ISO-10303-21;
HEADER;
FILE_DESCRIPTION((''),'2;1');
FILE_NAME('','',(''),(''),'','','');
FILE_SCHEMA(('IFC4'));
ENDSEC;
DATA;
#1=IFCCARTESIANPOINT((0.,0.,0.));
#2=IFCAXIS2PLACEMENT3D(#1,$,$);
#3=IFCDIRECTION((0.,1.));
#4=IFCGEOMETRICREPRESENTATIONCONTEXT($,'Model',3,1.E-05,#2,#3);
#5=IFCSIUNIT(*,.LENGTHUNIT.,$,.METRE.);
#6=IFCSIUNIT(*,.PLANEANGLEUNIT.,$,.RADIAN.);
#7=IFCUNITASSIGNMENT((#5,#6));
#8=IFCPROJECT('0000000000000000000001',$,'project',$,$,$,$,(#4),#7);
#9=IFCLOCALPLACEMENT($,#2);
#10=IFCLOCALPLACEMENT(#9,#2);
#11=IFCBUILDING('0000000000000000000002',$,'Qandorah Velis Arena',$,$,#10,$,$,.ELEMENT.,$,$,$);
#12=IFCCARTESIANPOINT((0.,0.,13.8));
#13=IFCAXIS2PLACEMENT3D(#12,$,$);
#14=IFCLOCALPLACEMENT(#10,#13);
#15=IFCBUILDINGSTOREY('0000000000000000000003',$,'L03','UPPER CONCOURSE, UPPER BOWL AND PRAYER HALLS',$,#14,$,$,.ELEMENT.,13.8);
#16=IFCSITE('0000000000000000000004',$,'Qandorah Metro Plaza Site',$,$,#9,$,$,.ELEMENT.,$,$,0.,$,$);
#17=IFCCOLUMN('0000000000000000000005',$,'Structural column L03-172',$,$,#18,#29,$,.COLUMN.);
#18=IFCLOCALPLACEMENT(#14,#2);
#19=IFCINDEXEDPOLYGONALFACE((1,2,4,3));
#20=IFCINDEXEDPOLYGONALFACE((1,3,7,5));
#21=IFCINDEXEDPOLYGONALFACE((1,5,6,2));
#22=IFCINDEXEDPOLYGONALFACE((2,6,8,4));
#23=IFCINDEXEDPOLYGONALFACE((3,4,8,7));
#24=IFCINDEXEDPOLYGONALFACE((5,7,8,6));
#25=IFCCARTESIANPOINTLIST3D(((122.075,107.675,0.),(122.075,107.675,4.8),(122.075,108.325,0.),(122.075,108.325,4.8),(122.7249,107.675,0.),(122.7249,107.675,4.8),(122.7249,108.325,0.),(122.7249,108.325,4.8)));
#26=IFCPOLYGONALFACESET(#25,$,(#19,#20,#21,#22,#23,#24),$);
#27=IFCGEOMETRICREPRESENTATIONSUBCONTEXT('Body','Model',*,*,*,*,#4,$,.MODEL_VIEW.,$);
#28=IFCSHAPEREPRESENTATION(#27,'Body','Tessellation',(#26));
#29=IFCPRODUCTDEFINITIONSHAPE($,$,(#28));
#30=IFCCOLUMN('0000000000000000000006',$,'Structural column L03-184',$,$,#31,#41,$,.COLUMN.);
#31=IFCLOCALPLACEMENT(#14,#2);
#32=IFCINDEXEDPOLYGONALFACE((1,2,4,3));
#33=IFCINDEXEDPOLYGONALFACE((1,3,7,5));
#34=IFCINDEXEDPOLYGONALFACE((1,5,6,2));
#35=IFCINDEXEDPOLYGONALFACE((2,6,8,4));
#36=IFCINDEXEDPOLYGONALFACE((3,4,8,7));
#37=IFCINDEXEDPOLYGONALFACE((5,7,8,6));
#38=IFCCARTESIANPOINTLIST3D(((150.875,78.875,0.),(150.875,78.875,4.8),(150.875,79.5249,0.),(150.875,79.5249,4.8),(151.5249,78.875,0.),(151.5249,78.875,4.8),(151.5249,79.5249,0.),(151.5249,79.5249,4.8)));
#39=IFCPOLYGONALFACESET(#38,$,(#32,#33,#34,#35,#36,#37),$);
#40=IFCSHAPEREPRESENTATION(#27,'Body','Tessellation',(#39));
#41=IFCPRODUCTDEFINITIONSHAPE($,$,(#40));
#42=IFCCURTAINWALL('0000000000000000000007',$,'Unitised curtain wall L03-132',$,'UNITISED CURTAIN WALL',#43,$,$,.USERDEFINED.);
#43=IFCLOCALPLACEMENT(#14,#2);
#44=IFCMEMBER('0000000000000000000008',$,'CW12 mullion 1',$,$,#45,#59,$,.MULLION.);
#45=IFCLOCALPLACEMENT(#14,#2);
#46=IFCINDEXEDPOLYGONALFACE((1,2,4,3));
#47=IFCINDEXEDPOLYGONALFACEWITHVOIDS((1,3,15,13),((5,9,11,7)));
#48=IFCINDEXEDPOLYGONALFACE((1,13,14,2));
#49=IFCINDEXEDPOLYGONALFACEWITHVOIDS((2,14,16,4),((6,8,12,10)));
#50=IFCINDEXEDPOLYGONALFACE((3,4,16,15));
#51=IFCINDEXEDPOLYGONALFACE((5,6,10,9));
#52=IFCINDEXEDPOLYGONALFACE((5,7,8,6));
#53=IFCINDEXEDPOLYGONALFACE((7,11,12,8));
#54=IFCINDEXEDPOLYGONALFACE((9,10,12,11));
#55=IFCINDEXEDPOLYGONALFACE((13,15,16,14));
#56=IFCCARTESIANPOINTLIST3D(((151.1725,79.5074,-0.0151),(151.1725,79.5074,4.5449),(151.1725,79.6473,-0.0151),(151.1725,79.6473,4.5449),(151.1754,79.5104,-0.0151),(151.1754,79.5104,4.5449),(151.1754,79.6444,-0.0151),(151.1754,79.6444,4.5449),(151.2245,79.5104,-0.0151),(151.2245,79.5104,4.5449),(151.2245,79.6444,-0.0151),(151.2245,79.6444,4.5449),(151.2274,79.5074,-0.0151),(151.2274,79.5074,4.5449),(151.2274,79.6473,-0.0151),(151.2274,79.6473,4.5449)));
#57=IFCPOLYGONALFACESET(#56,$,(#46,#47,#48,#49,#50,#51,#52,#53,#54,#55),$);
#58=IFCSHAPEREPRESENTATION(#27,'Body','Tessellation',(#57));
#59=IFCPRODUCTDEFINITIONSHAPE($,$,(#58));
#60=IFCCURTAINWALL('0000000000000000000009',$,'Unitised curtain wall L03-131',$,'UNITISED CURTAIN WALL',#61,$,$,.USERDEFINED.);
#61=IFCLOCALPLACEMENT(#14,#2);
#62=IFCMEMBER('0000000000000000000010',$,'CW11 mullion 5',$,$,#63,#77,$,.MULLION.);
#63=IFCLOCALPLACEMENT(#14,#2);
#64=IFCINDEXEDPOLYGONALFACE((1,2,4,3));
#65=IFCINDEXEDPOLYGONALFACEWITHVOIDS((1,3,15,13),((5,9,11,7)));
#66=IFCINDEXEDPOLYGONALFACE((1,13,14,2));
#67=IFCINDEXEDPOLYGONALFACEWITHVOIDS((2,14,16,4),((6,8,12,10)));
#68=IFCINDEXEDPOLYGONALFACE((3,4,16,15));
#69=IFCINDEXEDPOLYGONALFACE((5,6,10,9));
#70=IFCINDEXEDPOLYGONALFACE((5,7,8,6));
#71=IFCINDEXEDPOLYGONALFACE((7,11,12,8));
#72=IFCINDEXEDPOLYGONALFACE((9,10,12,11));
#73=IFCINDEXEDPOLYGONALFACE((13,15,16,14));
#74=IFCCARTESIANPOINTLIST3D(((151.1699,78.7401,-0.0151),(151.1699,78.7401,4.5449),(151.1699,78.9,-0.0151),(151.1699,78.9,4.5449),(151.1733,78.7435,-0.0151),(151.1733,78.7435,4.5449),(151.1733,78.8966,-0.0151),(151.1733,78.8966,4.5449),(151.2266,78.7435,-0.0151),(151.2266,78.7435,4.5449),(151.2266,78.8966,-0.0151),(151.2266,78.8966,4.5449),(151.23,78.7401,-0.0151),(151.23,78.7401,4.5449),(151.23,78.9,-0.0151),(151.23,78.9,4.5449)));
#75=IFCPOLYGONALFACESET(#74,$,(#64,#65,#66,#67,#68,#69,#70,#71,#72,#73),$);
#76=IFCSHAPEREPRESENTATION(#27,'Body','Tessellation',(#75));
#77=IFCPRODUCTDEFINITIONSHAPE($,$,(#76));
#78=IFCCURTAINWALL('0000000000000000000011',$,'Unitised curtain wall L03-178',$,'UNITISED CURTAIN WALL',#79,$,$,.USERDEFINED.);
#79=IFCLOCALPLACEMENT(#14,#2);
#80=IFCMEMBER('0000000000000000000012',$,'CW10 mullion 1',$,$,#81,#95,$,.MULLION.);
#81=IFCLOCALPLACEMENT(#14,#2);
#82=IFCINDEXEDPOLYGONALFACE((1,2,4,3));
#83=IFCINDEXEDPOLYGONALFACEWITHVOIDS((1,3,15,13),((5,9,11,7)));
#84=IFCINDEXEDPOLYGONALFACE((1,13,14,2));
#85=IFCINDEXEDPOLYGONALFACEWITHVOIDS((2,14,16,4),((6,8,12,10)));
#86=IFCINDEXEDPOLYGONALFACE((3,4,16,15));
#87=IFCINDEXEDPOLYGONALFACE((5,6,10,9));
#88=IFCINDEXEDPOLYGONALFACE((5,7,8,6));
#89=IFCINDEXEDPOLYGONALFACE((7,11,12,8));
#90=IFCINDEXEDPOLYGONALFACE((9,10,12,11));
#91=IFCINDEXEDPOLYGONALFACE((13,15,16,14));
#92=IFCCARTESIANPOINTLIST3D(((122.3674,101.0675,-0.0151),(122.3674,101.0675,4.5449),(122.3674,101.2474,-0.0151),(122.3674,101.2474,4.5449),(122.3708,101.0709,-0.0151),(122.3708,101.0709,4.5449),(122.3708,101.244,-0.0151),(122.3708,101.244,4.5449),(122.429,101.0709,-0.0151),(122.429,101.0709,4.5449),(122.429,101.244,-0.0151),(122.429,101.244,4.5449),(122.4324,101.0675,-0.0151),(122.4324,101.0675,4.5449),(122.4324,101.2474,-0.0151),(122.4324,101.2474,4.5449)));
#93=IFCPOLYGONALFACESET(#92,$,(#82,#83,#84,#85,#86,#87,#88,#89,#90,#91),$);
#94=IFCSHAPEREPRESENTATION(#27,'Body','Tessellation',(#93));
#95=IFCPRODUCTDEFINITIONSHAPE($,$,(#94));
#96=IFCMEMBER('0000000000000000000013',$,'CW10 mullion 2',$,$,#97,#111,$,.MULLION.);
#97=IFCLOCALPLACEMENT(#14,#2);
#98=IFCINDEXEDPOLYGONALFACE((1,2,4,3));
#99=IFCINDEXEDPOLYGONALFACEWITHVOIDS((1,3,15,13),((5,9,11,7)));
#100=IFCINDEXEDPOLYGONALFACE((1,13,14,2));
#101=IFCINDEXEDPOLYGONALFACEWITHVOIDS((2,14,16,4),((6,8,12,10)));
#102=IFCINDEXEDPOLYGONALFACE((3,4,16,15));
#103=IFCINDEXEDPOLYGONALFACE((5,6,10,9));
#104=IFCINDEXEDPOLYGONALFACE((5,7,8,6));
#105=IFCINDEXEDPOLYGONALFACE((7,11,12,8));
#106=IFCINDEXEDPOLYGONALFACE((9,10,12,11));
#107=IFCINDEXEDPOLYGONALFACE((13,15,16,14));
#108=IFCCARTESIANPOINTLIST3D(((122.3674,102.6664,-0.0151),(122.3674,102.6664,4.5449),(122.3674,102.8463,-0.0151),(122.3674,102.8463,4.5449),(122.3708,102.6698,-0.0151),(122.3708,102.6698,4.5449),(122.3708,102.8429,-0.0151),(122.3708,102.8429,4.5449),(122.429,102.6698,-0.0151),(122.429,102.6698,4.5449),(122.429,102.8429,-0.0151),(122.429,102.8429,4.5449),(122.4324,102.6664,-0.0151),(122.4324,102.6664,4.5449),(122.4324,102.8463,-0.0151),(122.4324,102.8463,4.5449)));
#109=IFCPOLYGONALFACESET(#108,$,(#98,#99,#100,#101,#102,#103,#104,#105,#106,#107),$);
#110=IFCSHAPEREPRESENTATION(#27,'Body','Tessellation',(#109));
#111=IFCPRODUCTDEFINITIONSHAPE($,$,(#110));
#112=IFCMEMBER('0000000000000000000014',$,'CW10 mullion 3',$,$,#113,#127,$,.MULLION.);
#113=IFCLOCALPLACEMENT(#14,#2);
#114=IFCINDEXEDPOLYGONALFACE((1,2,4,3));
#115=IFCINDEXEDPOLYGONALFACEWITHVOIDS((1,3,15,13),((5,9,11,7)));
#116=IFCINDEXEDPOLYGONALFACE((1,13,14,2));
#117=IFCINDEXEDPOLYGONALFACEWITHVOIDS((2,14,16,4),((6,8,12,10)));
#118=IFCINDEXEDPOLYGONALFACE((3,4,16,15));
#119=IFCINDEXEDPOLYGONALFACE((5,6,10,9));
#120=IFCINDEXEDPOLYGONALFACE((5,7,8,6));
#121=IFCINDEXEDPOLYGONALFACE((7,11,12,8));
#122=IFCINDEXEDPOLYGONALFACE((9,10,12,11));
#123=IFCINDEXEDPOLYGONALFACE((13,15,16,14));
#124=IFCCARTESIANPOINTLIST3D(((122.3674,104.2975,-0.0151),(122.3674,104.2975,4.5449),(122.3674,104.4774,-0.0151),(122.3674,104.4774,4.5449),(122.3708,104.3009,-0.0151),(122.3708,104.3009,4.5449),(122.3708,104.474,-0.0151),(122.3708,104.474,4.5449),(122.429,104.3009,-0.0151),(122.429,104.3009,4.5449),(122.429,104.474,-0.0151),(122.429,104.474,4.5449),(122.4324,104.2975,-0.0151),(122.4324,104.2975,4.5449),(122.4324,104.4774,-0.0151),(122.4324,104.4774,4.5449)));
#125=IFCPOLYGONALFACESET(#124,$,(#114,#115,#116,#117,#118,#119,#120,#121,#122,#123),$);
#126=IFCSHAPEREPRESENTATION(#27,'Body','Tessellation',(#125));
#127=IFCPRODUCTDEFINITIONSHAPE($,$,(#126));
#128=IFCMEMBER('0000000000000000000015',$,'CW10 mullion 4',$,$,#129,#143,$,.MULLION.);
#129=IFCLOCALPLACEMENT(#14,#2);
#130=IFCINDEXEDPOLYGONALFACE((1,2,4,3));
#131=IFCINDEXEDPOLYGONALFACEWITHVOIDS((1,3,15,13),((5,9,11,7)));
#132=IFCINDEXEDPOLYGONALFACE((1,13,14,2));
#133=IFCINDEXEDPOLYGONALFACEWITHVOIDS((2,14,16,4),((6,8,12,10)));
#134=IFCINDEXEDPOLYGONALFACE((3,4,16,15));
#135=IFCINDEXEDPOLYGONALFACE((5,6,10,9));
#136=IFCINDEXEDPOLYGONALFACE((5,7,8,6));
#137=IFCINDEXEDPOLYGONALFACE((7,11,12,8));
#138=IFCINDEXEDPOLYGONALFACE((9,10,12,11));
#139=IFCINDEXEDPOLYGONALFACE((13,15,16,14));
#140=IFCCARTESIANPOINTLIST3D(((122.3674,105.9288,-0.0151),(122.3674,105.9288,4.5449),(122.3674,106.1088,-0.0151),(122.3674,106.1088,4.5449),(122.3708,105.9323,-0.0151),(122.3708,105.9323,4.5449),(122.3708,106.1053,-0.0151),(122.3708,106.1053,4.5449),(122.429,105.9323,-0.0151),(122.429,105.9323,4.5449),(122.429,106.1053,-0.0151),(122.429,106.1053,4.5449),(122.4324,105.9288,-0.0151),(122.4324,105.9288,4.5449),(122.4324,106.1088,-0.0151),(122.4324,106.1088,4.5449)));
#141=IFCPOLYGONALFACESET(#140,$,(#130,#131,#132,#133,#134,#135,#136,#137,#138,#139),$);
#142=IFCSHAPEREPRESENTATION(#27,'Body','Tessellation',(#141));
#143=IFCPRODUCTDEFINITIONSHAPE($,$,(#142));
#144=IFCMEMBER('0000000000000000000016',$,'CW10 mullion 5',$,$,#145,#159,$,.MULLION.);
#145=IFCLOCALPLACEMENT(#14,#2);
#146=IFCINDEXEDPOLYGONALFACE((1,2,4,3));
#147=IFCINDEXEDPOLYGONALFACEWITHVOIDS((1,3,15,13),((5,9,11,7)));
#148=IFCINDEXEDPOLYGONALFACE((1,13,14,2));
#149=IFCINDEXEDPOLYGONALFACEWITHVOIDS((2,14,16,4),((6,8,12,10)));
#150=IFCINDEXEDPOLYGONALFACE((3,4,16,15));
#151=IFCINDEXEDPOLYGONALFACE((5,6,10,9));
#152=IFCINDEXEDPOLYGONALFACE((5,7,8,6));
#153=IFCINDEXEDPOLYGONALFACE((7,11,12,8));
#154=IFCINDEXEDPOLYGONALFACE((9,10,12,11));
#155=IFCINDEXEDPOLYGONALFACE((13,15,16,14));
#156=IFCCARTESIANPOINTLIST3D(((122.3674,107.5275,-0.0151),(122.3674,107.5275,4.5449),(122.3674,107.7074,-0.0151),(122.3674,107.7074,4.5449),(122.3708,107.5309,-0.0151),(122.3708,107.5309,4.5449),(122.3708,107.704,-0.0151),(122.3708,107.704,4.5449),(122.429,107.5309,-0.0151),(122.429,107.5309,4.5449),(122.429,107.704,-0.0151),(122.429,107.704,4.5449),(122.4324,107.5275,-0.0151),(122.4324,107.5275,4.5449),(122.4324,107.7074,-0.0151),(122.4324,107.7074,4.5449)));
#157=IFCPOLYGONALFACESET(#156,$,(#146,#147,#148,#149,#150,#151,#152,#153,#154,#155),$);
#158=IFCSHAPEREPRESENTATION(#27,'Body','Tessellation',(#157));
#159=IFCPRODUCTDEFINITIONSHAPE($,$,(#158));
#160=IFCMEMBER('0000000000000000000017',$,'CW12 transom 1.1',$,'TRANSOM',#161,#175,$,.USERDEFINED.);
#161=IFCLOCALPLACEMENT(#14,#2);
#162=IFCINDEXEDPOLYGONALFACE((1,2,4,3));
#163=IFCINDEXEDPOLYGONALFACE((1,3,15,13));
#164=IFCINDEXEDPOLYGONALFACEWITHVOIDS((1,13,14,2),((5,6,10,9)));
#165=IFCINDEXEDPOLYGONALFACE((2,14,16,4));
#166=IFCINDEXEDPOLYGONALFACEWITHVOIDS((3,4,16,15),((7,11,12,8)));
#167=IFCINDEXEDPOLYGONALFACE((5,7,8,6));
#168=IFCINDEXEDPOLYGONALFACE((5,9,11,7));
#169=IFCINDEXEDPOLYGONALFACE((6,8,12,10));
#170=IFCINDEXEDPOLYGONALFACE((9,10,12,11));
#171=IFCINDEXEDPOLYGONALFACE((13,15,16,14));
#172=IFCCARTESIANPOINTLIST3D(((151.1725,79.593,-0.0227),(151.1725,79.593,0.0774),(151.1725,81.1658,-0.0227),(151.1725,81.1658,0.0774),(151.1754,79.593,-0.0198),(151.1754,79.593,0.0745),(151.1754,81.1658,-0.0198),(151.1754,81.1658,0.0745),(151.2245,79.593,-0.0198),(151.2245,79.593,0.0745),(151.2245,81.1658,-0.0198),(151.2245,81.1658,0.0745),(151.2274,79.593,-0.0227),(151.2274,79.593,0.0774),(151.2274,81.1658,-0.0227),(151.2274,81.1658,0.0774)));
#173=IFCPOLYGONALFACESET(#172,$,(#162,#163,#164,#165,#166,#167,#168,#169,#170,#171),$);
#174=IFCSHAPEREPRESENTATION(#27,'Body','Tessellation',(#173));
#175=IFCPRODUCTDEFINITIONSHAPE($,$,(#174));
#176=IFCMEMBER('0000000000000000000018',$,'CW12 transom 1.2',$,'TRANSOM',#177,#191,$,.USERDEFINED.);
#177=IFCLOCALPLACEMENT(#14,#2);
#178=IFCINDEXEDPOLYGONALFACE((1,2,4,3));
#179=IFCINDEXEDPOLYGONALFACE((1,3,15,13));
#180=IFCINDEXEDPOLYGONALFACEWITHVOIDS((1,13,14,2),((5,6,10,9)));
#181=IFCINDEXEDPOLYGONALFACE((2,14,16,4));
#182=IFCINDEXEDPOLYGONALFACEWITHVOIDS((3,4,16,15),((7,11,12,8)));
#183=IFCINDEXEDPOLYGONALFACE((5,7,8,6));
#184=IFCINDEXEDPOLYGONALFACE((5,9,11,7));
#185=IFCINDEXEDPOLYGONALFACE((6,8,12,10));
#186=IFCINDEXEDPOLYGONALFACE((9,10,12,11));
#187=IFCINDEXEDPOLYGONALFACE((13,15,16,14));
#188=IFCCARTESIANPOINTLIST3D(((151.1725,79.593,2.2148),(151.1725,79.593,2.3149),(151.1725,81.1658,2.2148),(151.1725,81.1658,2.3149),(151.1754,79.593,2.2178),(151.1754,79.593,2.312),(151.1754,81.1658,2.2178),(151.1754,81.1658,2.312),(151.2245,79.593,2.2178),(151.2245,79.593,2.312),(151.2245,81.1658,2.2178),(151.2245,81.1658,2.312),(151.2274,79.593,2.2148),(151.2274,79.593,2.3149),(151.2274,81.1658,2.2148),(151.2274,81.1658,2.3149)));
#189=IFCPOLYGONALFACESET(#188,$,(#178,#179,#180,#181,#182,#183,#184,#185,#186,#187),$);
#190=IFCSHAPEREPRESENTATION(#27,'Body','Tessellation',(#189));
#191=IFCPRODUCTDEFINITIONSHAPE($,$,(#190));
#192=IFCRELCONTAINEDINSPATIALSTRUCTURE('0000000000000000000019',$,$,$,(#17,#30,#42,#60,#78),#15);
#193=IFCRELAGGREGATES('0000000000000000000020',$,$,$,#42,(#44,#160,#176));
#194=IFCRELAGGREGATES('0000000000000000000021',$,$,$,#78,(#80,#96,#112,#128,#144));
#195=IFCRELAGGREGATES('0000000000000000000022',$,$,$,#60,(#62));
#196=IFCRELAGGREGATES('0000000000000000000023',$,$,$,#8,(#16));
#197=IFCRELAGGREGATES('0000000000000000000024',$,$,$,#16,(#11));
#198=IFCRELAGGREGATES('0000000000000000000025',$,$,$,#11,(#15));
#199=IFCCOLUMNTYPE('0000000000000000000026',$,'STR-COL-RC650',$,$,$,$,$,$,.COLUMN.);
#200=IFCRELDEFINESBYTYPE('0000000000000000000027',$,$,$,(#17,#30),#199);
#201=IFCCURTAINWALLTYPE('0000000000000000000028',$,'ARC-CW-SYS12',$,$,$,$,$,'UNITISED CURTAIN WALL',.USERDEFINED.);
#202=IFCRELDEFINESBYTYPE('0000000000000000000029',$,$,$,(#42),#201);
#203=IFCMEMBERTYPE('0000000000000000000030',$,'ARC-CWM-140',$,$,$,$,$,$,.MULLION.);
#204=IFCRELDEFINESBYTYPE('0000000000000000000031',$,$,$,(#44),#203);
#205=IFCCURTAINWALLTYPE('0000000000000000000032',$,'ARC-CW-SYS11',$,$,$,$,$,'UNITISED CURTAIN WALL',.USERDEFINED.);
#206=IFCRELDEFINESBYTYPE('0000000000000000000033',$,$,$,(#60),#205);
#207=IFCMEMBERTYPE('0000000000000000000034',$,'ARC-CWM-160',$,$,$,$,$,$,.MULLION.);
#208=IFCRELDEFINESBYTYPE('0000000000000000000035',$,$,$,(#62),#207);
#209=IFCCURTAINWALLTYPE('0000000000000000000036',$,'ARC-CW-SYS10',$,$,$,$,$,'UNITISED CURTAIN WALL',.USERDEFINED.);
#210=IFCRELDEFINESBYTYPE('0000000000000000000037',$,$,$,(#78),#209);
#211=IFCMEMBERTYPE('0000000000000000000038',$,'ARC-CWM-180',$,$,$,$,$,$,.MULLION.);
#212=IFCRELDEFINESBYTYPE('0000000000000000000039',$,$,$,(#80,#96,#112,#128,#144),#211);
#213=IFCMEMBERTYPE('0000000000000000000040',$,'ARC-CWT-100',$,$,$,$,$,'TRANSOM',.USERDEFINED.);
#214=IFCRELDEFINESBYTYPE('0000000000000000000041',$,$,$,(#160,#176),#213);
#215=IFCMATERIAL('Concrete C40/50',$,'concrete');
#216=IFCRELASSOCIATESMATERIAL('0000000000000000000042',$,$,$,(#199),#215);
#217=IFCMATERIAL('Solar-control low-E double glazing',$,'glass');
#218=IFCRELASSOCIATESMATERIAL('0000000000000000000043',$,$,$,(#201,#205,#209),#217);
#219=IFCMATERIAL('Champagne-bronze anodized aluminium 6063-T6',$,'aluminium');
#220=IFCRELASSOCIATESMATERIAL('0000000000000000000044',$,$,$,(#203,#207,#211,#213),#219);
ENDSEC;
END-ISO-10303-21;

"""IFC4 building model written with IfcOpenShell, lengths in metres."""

from ifc_helpers import new_model, si_unit, direction, frame, origin, origin_2d, place, context, subcontext, project, spatial, rectangle, hollow_rectangle, extrude, material, material_profile, profile_set, type_object, element, aggregate, save


model = new_model("IFC4")

# Units and contexts
model_context = context("Model", 3, precision=1e-05, world=origin(), true_north=direction((0.0, 1.0)))
body_context = subcontext(model_context, "Body", "Model", "MODEL_VIEW")
ifc_project = project(units=[si_unit("LENGTHUNIT", "METRE"), si_unit("PLANEANGLEUNIT", "RADIAN")], contexts=[model_context])

# Site, building, storey
site_placement = place(None, origin())
site = spatial("IfcSite", under=ifc_project, at=site_placement, Name="Qandorah Metro Plaza Site", CompositionType="ELEMENT", RefElevation=0.0)
building_placement = place(site_placement, origin())
building = spatial("IfcBuilding", under=site, at=building_placement, Name="Qandorah Velis Arena", CompositionType="ELEMENT")
storey_placement = place(building_placement, frame((0.0, 0.0, 13.8)))
storey = spatial("IfcBuildingStorey", under=building, at=storey_placement, Name="L03", Description="UPPER CONCOURSE, UPPER BOWL AND PRAYER HALLS", CompositionType="ELEMENT", Elevation=13.8)

# Columns
ifc_material_1 = material(Name="Concrete C40/50", Category="concrete")
ifc_material_profile_1 = material_profile(ifc_material_1, rectangle(XDim=0.6499, YDim=0.6499, at=origin_2d()), Name="RC COL 650x650")
ifc_profile_set_1 = profile_set([ifc_material_profile_1], Name="Concrete C40/50")
column_type = type_object("IfcColumnType", Name="STR-COL-RC650", PredefinedType="COLUMN", material=ifc_profile_set_1)
for number, where, z_axis, x_axis, name in (
    (1, (122.3999, 108.0, 0.0), (0.0, 0.0, 1.0), (1.0, 0.0, 0.0), "Structural column L03-172"),
    (2, (151.2, 79.2, 0.0), (0.0, 0.0, 1.0), (1.0, 0.0, 0.0), "Structural column L03-184"),
):
    element("IfcColumn", number, at=place(storey_placement, frame(where, z_axis=z_axis, x_axis=x_axis)), inside=storey, type_object=column_type, Name=name, PredefinedType="COLUMN", context=body_context, shape_type="SweptSolid", body=[
        extrude(rectangle(XDim=0.6499, YDim=0.6499, at=origin_2d()), origin(), (0.0, 0.0, 1.0), 4.8),
    ])

# Curtain walls, members
ifc_material_2 = material(Name="Solar-control low-E double glazing", Category="glass")
curtain_wall_type_1 = type_object("IfcCurtainWallType", Name="ARC-CW-SYS12", ElementType="UNITISED CURTAIN WALL", PredefinedType="USERDEFINED", material=ifc_material_2)
curtain_wall_1_placement = place(storey_placement, origin())
curtain_wall_1 = element("IfcCurtainWall", 3, at=curtain_wall_1_placement, inside=storey, type_object=curtain_wall_type_1, Name="Unitised curtain wall L03-132", ObjectType="UNITISED CURTAIN WALL", PredefinedType="USERDEFINED")
ifc_material_3 = material(Name="Champagne-bronze anodized aluminium 6063-T6", Category="aluminium")
ifc_material_profile_2 = material_profile(ifc_material_3, hollow_rectangle(XDim=0.0549, YDim=0.1399, WallThickness=0.0029, at=origin_2d()), Name="ALU MULLION 55x140")
ifc_profile_set_2 = profile_set([ifc_material_profile_2], Name="Champagne-bronze anodized aluminium 6063-T6")
member_type_1 = type_object("IfcMemberType", Name="ARC-CWM-140", PredefinedType="MULLION", material=ifc_profile_set_2)
member_1_placement = place(storey_placement, frame((151.2, 79.5774, -0.0151), z_axis=(0.0, 0.0, 1.0), x_axis=(-1.0, 0.0, 0.0)))
member_1 = element("IfcMember", 4, at=member_1_placement, type_object=member_type_1, Name="CW12 mullion 1", PredefinedType="MULLION", context=body_context, shape_type="SweptSolid", body=[
    extrude(hollow_rectangle(XDim=0.0549, YDim=0.1399, WallThickness=0.0029, at=origin_2d()), origin(), (0.0, 0.0, 1.0), 4.5601),
])
curtain_wall_type_2 = type_object("IfcCurtainWallType", Name="ARC-CW-SYS11", ElementType="UNITISED CURTAIN WALL", PredefinedType="USERDEFINED", material=ifc_material_2)
curtain_wall_2_placement = place(storey_placement, origin())
curtain_wall_2 = element("IfcCurtainWall", 5, at=curtain_wall_2_placement, inside=storey, type_object=curtain_wall_type_2, Name="Unitised curtain wall L03-131", ObjectType="UNITISED CURTAIN WALL", PredefinedType="USERDEFINED")
ifc_material_profile_3 = material_profile(ifc_material_3, hollow_rectangle(XDim=0.0601, YDim=0.1599, WallThickness=0.0034, at=origin_2d()), Name="ALU MULLION 60x160")
ifc_profile_set_3 = profile_set([ifc_material_profile_3], Name="Champagne-bronze anodized aluminium 6063-T6")
member_type_2 = type_object("IfcMemberType", Name="ARC-CWM-160", PredefinedType="MULLION", material=ifc_profile_set_3)
member_2_placement = place(storey_placement, frame((151.2, 78.8201, -0.0151), z_axis=(0.0, 0.0, 1.0), x_axis=(-1.0, 0.0, 0.0)))
member_2 = element("IfcMember", 6, at=member_2_placement, type_object=member_type_2, Name="CW11 mullion 5", PredefinedType="MULLION", context=body_context, shape_type="SweptSolid", body=[
    extrude(hollow_rectangle(XDim=0.0601, YDim=0.1599, WallThickness=0.0034, at=origin_2d()), origin(), (0.0, 0.0, 1.0), 4.5601),
])

# Curtain wall, members
curtain_wall_type_3 = type_object("IfcCurtainWallType", Name="ARC-CW-SYS10", ElementType="UNITISED CURTAIN WALL", PredefinedType="USERDEFINED", material=ifc_material_2)
curtain_wall_3_placement = place(storey_placement, origin())
curtain_wall_3 = element("IfcCurtainWall", 7, at=curtain_wall_3_placement, inside=storey, type_object=curtain_wall_type_3, Name="Unitised curtain wall L03-178", ObjectType="UNITISED CURTAIN WALL", PredefinedType="USERDEFINED")
ifc_material_profile_4 = material_profile(ifc_material_3, hollow_rectangle(XDim=0.0649, YDim=0.1799, WallThickness=0.0034, at=origin_2d()), Name="ALU MULLION 65x180")
ifc_profile_set_4 = profile_set([ifc_material_profile_4], Name="Champagne-bronze anodized aluminium 6063-T6")
member_type_3 = type_object("IfcMemberType", Name="ARC-CWM-180", PredefinedType="MULLION", material=ifc_profile_set_4)
member_3_placement = place(storey_placement, frame((122.3999, 101.1575, -0.0151), z_axis=(0.0, 0.0, 1.0), x_axis=(-1.0, 0.0, 0.0)))
member_3 = element("IfcMember", 8, at=member_3_placement, type_object=member_type_3, Name="CW10 mullion 1", PredefinedType="MULLION", context=body_context, shape_type="SweptSolid", body=[
    extrude(hollow_rectangle(XDim=0.0649, YDim=0.1799, WallThickness=0.0034, at=origin_2d()), origin(), (0.0, 0.0, 1.0), 4.5601),
])
member_4_placement = place(storey_placement, frame((122.3999, 102.7563, -0.0151), z_axis=(0.0, 0.0, 1.0), x_axis=(-1.0, 0.0, 0.0)))
member_4 = element("IfcMember", 9, at=member_4_placement, type_object=member_type_3, Name="CW10 mullion 2", PredefinedType="MULLION", context=body_context, shape_type="SweptSolid", body=[
    extrude(hollow_rectangle(XDim=0.0649, YDim=0.1799, WallThickness=0.0034, at=origin_2d()), origin(), (0.0, 0.0, 1.0), 4.5601),
])
member_5_placement = place(storey_placement, frame((122.3999, 104.3875, -0.0151), z_axis=(0.0, 0.0, 1.0), x_axis=(-1.0, 0.0, 0.0)))
member_5 = element("IfcMember", 10, at=member_5_placement, type_object=member_type_3, Name="CW10 mullion 3", PredefinedType="MULLION", context=body_context, shape_type="SweptSolid", body=[
    extrude(hollow_rectangle(XDim=0.0649, YDim=0.1799, WallThickness=0.0034, at=origin_2d()), origin(), (0.0, 0.0, 1.0), 4.5601),
])
member_6_placement = place(storey_placement, frame((122.3999, 106.0188, -0.0151), z_axis=(0.0, 0.0, 1.0), x_axis=(-1.0, 0.0, 0.0)))
member_6 = element("IfcMember", 11, at=member_6_placement, type_object=member_type_3, Name="CW10 mullion 4", PredefinedType="MULLION", context=body_context, shape_type="SweptSolid", body=[
    extrude(hollow_rectangle(XDim=0.0649, YDim=0.1799, WallThickness=0.0034, at=origin_2d()), origin(), (0.0, 0.0, 1.0), 4.5601),
])
member_7_placement = place(storey_placement, frame((122.3999, 107.6174, -0.0151), z_axis=(0.0, 0.0, 1.0), x_axis=(-1.0, 0.0, 0.0)))
member_7 = element("IfcMember", 12, at=member_7_placement, type_object=member_type_3, Name="CW10 mullion 5", PredefinedType="MULLION", context=body_context, shape_type="SweptSolid", body=[
    extrude(hollow_rectangle(XDim=0.0649, YDim=0.1799, WallThickness=0.0034, at=origin_2d()), origin(), (0.0, 0.0, 1.0), 4.5601),
])

# Members
ifc_material_profile_5 = material_profile(ifc_material_3, hollow_rectangle(XDim=0.0549, YDim=0.1001, WallThickness=0.0029, at=origin_2d()), Name="ALU TRANSOM 55x100")
ifc_profile_set_5 = profile_set([ifc_material_profile_5], Name="Champagne-bronze anodized aluminium 6063-T6")
member_type_4 = type_object("IfcMemberType", Name="ARC-CWT-100", ElementType="TRANSOM", PredefinedType="USERDEFINED", material=ifc_profile_set_5)
member_8_placement = place(storey_placement, frame((151.2, 79.593, 0.0273), z_axis=(0.0, 1.0, 0.0), x_axis=(-1.0, 0.0, 0.0)))
member_8 = element("IfcMember", 13, at=member_8_placement, type_object=member_type_4, Name="CW12 transom 1.1", ObjectType="TRANSOM", PredefinedType="USERDEFINED", context=body_context, shape_type="SweptSolid", body=[
    extrude(hollow_rectangle(XDim=0.0549, YDim=0.1001, WallThickness=0.0029, at=origin_2d()), origin(), (0.0, 0.0, 1.0), 1.5728),
])
member_9_placement = place(storey_placement, frame((151.2, 79.593, 2.2649), z_axis=(0.0, 1.0, 0.0), x_axis=(-1.0, 0.0, 0.0)))
member_9 = element("IfcMember", 14, at=member_9_placement, type_object=member_type_4, Name="CW12 transom 1.2", ObjectType="TRANSOM", PredefinedType="USERDEFINED", context=body_context, shape_type="SweptSolid", body=[
    extrude(hollow_rectangle(XDim=0.0549, YDim=0.1001, WallThickness=0.0029, at=origin_2d()), origin(), (0.0, 0.0, 1.0), 1.5728),
])
aggregate(curtain_wall_1, [member_1, member_8, member_9])

aggregate(curtain_wall_3, [member_3, member_4, member_5, member_6, member_7])
aggregate(curtain_wall_2, [member_2])

save(model, "model.ifc")
